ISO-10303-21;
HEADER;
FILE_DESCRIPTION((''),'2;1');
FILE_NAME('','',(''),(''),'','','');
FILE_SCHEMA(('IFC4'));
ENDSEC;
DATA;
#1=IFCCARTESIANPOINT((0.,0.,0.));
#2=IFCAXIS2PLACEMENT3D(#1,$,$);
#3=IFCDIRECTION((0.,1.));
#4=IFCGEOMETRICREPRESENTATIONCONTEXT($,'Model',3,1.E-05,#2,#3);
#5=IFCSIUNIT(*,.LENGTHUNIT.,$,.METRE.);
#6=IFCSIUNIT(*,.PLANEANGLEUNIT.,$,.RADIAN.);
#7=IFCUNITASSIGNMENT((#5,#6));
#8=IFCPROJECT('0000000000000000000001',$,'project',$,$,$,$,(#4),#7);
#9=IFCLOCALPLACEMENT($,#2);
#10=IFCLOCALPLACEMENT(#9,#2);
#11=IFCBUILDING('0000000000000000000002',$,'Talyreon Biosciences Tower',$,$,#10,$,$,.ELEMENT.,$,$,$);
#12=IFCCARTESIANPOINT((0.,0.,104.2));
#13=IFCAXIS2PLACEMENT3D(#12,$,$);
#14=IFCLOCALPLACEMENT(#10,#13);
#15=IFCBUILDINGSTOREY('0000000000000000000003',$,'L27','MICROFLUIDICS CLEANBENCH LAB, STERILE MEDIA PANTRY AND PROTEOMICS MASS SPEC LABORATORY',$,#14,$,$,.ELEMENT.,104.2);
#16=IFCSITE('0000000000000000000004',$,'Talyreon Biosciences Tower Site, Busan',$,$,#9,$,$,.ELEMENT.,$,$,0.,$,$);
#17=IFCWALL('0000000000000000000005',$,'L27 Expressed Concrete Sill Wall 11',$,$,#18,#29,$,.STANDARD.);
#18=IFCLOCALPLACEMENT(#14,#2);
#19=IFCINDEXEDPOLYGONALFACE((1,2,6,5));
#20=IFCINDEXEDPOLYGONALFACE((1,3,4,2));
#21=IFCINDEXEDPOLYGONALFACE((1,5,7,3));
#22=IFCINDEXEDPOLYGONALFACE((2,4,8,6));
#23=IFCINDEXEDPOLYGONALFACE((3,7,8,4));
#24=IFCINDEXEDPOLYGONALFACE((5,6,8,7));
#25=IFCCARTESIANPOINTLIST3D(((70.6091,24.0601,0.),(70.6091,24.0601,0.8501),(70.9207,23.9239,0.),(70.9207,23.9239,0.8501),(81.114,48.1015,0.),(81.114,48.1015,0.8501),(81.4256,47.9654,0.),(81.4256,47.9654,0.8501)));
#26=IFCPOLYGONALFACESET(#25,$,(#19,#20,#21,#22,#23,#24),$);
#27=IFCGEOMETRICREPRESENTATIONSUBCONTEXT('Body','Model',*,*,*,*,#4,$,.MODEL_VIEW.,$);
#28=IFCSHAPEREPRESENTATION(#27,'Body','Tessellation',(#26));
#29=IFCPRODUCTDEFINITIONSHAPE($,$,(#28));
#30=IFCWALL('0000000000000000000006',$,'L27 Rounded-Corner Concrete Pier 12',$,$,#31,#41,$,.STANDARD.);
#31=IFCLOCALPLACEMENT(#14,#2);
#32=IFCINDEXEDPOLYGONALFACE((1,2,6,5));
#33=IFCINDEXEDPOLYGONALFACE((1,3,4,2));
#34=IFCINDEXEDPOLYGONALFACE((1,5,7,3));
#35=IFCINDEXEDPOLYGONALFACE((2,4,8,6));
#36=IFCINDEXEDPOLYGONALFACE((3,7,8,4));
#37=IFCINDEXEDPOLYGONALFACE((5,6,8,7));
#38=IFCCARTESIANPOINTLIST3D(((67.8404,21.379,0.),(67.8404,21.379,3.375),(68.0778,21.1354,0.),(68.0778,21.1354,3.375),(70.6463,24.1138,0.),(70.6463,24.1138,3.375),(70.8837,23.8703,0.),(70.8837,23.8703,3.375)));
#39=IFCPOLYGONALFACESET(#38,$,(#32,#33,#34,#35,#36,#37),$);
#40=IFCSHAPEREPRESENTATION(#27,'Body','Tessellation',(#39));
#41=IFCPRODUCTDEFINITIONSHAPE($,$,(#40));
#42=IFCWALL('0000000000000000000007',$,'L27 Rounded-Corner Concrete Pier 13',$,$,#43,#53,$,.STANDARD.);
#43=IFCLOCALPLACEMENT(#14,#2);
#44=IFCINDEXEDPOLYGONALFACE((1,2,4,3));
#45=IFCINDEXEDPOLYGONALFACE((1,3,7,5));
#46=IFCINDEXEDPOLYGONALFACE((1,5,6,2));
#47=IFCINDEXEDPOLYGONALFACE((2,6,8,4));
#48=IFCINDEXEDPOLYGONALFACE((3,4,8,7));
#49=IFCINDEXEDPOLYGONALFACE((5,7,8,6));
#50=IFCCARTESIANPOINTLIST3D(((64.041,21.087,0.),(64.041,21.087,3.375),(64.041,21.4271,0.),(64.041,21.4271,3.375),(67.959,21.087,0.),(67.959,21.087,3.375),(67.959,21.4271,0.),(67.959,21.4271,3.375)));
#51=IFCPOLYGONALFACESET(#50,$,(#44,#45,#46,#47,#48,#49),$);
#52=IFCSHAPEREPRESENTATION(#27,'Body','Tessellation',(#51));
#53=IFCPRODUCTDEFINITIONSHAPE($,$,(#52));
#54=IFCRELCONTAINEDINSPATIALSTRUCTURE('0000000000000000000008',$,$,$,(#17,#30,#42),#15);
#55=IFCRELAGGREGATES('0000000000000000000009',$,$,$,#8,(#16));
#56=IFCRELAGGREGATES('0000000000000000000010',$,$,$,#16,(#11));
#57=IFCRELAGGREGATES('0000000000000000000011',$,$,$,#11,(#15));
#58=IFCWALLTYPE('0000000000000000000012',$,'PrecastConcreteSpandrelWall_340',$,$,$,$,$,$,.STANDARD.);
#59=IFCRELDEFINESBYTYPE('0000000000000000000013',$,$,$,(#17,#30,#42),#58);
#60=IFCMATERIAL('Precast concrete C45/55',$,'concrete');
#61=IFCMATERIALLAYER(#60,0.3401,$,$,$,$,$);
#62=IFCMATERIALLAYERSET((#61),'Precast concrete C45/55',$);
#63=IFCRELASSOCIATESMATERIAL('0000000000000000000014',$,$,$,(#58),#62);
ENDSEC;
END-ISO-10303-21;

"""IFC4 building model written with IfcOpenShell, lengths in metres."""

from ifc_helpers import new_model, si_unit, direction, frame, frame_2d, origin, place, context, subcontext, project, spatial, rectangle, extrude, material, layer, layer_set, type_object, element, save


model = new_model("IFC4")

# Units and contexts
model_context = context("Model", 3, precision=1e-05, world=origin(), true_north=direction((0.0, 1.0)))
body_context = subcontext(model_context, "Body", "Model", "MODEL_VIEW")
ifc_project = project(units=[si_unit("LENGTHUNIT", "METRE"), si_unit("PLANEANGLEUNIT", "RADIAN")], contexts=[model_context])

# Site, building, storey
site_placement = place(None, origin())
site = spatial("IfcSite", under=ifc_project, at=site_placement, Name="Talyreon Biosciences Tower Site, Busan", CompositionType="ELEMENT", RefElevation=0.0)
building_placement = place(site_placement, origin())
building = spatial("IfcBuilding", under=site, at=building_placement, Name="Talyreon Biosciences Tower", CompositionType="ELEMENT")
storey_placement = place(building_placement, frame((0.0, 0.0, 104.2)))
storey = spatial("IfcBuildingStorey", under=building, at=storey_placement, Name="L27", Description="MICROFLUIDICS CLEANBENCH LAB, STERILE MEDIA PANTRY AND PROTEOMICS MASS SPEC LABORATORY", CompositionType="ELEMENT", Elevation=104.2)

# Shared definitions
ifc_material_1 = material(Name="Precast concrete C45/55", Category="concrete")

# Walls
ifc_layer_1 = layer(ifc_material_1, 0.3401)
ifc_layer_set_1 = layer_set([ifc_layer_1], Name="Precast concrete C45/55")
wall_type_1 = type_object("IfcWallType", Name="PrecastConcreteSpandrelWall_340", PredefinedType="STANDARD", material=ifc_layer_set_1)
wall_1_placement = place(storey_placement, frame((81.2698, 48.0334, 0.0), z_axis=(0.0, 0.0, 1.0), x_axis=(-0.400394, -0.916343, 0.0)))
element("IfcWall", 1, at=wall_1_placement, inside=storey, type_object=wall_type_1, Name="L27 Expressed Concrete Sill Wall 11", PredefinedType="STANDARD", context=body_context, shape_type="SweptSolid", body=[
    extrude(rectangle(XDim=26.2363, YDim=0.3401, at=frame_2d((13.1182, 0.0))), origin(), (0.0, 0.0, 1.0), 0.8501),
])
wall_2_placement = place(storey_placement, frame((70.7649, 23.9919, 0.0), z_axis=(0.0, 0.0, 1.0), x_axis=(-0.716115, -0.697983, 0.0)))
element("IfcWall", 2, at=wall_2_placement, inside=storey, type_object=wall_type_1, Name="L27 Rounded-Corner Concrete Pier 12", PredefinedType="STANDARD", context=body_context, shape_type="SweptSolid", body=[
    extrude(rectangle(XDim=3.9182, YDim=0.3401, at=frame_2d((1.959, 0.0))), origin(), (0.0, 0.0, 1.0), 3.375),
])
wall_3_placement = place(storey_placement, frame((67.959, 21.2571, 0.0), z_axis=(0.0, 0.0, 1.0), x_axis=(-1.0, 0.0, 0.0)))
element("IfcWall", 3, at=wall_3_placement, inside=storey, type_object=wall_type_1, Name="L27 Rounded-Corner Concrete Pier 13", PredefinedType="STANDARD", context=body_context, shape_type="SweptSolid", body=[
    extrude(rectangle(XDim=3.918, YDim=0.3401, at=frame_2d((1.959, 0.0))), origin(), (0.0, 0.0, 1.0), 3.375),
])

save(model, "model.ifc")
